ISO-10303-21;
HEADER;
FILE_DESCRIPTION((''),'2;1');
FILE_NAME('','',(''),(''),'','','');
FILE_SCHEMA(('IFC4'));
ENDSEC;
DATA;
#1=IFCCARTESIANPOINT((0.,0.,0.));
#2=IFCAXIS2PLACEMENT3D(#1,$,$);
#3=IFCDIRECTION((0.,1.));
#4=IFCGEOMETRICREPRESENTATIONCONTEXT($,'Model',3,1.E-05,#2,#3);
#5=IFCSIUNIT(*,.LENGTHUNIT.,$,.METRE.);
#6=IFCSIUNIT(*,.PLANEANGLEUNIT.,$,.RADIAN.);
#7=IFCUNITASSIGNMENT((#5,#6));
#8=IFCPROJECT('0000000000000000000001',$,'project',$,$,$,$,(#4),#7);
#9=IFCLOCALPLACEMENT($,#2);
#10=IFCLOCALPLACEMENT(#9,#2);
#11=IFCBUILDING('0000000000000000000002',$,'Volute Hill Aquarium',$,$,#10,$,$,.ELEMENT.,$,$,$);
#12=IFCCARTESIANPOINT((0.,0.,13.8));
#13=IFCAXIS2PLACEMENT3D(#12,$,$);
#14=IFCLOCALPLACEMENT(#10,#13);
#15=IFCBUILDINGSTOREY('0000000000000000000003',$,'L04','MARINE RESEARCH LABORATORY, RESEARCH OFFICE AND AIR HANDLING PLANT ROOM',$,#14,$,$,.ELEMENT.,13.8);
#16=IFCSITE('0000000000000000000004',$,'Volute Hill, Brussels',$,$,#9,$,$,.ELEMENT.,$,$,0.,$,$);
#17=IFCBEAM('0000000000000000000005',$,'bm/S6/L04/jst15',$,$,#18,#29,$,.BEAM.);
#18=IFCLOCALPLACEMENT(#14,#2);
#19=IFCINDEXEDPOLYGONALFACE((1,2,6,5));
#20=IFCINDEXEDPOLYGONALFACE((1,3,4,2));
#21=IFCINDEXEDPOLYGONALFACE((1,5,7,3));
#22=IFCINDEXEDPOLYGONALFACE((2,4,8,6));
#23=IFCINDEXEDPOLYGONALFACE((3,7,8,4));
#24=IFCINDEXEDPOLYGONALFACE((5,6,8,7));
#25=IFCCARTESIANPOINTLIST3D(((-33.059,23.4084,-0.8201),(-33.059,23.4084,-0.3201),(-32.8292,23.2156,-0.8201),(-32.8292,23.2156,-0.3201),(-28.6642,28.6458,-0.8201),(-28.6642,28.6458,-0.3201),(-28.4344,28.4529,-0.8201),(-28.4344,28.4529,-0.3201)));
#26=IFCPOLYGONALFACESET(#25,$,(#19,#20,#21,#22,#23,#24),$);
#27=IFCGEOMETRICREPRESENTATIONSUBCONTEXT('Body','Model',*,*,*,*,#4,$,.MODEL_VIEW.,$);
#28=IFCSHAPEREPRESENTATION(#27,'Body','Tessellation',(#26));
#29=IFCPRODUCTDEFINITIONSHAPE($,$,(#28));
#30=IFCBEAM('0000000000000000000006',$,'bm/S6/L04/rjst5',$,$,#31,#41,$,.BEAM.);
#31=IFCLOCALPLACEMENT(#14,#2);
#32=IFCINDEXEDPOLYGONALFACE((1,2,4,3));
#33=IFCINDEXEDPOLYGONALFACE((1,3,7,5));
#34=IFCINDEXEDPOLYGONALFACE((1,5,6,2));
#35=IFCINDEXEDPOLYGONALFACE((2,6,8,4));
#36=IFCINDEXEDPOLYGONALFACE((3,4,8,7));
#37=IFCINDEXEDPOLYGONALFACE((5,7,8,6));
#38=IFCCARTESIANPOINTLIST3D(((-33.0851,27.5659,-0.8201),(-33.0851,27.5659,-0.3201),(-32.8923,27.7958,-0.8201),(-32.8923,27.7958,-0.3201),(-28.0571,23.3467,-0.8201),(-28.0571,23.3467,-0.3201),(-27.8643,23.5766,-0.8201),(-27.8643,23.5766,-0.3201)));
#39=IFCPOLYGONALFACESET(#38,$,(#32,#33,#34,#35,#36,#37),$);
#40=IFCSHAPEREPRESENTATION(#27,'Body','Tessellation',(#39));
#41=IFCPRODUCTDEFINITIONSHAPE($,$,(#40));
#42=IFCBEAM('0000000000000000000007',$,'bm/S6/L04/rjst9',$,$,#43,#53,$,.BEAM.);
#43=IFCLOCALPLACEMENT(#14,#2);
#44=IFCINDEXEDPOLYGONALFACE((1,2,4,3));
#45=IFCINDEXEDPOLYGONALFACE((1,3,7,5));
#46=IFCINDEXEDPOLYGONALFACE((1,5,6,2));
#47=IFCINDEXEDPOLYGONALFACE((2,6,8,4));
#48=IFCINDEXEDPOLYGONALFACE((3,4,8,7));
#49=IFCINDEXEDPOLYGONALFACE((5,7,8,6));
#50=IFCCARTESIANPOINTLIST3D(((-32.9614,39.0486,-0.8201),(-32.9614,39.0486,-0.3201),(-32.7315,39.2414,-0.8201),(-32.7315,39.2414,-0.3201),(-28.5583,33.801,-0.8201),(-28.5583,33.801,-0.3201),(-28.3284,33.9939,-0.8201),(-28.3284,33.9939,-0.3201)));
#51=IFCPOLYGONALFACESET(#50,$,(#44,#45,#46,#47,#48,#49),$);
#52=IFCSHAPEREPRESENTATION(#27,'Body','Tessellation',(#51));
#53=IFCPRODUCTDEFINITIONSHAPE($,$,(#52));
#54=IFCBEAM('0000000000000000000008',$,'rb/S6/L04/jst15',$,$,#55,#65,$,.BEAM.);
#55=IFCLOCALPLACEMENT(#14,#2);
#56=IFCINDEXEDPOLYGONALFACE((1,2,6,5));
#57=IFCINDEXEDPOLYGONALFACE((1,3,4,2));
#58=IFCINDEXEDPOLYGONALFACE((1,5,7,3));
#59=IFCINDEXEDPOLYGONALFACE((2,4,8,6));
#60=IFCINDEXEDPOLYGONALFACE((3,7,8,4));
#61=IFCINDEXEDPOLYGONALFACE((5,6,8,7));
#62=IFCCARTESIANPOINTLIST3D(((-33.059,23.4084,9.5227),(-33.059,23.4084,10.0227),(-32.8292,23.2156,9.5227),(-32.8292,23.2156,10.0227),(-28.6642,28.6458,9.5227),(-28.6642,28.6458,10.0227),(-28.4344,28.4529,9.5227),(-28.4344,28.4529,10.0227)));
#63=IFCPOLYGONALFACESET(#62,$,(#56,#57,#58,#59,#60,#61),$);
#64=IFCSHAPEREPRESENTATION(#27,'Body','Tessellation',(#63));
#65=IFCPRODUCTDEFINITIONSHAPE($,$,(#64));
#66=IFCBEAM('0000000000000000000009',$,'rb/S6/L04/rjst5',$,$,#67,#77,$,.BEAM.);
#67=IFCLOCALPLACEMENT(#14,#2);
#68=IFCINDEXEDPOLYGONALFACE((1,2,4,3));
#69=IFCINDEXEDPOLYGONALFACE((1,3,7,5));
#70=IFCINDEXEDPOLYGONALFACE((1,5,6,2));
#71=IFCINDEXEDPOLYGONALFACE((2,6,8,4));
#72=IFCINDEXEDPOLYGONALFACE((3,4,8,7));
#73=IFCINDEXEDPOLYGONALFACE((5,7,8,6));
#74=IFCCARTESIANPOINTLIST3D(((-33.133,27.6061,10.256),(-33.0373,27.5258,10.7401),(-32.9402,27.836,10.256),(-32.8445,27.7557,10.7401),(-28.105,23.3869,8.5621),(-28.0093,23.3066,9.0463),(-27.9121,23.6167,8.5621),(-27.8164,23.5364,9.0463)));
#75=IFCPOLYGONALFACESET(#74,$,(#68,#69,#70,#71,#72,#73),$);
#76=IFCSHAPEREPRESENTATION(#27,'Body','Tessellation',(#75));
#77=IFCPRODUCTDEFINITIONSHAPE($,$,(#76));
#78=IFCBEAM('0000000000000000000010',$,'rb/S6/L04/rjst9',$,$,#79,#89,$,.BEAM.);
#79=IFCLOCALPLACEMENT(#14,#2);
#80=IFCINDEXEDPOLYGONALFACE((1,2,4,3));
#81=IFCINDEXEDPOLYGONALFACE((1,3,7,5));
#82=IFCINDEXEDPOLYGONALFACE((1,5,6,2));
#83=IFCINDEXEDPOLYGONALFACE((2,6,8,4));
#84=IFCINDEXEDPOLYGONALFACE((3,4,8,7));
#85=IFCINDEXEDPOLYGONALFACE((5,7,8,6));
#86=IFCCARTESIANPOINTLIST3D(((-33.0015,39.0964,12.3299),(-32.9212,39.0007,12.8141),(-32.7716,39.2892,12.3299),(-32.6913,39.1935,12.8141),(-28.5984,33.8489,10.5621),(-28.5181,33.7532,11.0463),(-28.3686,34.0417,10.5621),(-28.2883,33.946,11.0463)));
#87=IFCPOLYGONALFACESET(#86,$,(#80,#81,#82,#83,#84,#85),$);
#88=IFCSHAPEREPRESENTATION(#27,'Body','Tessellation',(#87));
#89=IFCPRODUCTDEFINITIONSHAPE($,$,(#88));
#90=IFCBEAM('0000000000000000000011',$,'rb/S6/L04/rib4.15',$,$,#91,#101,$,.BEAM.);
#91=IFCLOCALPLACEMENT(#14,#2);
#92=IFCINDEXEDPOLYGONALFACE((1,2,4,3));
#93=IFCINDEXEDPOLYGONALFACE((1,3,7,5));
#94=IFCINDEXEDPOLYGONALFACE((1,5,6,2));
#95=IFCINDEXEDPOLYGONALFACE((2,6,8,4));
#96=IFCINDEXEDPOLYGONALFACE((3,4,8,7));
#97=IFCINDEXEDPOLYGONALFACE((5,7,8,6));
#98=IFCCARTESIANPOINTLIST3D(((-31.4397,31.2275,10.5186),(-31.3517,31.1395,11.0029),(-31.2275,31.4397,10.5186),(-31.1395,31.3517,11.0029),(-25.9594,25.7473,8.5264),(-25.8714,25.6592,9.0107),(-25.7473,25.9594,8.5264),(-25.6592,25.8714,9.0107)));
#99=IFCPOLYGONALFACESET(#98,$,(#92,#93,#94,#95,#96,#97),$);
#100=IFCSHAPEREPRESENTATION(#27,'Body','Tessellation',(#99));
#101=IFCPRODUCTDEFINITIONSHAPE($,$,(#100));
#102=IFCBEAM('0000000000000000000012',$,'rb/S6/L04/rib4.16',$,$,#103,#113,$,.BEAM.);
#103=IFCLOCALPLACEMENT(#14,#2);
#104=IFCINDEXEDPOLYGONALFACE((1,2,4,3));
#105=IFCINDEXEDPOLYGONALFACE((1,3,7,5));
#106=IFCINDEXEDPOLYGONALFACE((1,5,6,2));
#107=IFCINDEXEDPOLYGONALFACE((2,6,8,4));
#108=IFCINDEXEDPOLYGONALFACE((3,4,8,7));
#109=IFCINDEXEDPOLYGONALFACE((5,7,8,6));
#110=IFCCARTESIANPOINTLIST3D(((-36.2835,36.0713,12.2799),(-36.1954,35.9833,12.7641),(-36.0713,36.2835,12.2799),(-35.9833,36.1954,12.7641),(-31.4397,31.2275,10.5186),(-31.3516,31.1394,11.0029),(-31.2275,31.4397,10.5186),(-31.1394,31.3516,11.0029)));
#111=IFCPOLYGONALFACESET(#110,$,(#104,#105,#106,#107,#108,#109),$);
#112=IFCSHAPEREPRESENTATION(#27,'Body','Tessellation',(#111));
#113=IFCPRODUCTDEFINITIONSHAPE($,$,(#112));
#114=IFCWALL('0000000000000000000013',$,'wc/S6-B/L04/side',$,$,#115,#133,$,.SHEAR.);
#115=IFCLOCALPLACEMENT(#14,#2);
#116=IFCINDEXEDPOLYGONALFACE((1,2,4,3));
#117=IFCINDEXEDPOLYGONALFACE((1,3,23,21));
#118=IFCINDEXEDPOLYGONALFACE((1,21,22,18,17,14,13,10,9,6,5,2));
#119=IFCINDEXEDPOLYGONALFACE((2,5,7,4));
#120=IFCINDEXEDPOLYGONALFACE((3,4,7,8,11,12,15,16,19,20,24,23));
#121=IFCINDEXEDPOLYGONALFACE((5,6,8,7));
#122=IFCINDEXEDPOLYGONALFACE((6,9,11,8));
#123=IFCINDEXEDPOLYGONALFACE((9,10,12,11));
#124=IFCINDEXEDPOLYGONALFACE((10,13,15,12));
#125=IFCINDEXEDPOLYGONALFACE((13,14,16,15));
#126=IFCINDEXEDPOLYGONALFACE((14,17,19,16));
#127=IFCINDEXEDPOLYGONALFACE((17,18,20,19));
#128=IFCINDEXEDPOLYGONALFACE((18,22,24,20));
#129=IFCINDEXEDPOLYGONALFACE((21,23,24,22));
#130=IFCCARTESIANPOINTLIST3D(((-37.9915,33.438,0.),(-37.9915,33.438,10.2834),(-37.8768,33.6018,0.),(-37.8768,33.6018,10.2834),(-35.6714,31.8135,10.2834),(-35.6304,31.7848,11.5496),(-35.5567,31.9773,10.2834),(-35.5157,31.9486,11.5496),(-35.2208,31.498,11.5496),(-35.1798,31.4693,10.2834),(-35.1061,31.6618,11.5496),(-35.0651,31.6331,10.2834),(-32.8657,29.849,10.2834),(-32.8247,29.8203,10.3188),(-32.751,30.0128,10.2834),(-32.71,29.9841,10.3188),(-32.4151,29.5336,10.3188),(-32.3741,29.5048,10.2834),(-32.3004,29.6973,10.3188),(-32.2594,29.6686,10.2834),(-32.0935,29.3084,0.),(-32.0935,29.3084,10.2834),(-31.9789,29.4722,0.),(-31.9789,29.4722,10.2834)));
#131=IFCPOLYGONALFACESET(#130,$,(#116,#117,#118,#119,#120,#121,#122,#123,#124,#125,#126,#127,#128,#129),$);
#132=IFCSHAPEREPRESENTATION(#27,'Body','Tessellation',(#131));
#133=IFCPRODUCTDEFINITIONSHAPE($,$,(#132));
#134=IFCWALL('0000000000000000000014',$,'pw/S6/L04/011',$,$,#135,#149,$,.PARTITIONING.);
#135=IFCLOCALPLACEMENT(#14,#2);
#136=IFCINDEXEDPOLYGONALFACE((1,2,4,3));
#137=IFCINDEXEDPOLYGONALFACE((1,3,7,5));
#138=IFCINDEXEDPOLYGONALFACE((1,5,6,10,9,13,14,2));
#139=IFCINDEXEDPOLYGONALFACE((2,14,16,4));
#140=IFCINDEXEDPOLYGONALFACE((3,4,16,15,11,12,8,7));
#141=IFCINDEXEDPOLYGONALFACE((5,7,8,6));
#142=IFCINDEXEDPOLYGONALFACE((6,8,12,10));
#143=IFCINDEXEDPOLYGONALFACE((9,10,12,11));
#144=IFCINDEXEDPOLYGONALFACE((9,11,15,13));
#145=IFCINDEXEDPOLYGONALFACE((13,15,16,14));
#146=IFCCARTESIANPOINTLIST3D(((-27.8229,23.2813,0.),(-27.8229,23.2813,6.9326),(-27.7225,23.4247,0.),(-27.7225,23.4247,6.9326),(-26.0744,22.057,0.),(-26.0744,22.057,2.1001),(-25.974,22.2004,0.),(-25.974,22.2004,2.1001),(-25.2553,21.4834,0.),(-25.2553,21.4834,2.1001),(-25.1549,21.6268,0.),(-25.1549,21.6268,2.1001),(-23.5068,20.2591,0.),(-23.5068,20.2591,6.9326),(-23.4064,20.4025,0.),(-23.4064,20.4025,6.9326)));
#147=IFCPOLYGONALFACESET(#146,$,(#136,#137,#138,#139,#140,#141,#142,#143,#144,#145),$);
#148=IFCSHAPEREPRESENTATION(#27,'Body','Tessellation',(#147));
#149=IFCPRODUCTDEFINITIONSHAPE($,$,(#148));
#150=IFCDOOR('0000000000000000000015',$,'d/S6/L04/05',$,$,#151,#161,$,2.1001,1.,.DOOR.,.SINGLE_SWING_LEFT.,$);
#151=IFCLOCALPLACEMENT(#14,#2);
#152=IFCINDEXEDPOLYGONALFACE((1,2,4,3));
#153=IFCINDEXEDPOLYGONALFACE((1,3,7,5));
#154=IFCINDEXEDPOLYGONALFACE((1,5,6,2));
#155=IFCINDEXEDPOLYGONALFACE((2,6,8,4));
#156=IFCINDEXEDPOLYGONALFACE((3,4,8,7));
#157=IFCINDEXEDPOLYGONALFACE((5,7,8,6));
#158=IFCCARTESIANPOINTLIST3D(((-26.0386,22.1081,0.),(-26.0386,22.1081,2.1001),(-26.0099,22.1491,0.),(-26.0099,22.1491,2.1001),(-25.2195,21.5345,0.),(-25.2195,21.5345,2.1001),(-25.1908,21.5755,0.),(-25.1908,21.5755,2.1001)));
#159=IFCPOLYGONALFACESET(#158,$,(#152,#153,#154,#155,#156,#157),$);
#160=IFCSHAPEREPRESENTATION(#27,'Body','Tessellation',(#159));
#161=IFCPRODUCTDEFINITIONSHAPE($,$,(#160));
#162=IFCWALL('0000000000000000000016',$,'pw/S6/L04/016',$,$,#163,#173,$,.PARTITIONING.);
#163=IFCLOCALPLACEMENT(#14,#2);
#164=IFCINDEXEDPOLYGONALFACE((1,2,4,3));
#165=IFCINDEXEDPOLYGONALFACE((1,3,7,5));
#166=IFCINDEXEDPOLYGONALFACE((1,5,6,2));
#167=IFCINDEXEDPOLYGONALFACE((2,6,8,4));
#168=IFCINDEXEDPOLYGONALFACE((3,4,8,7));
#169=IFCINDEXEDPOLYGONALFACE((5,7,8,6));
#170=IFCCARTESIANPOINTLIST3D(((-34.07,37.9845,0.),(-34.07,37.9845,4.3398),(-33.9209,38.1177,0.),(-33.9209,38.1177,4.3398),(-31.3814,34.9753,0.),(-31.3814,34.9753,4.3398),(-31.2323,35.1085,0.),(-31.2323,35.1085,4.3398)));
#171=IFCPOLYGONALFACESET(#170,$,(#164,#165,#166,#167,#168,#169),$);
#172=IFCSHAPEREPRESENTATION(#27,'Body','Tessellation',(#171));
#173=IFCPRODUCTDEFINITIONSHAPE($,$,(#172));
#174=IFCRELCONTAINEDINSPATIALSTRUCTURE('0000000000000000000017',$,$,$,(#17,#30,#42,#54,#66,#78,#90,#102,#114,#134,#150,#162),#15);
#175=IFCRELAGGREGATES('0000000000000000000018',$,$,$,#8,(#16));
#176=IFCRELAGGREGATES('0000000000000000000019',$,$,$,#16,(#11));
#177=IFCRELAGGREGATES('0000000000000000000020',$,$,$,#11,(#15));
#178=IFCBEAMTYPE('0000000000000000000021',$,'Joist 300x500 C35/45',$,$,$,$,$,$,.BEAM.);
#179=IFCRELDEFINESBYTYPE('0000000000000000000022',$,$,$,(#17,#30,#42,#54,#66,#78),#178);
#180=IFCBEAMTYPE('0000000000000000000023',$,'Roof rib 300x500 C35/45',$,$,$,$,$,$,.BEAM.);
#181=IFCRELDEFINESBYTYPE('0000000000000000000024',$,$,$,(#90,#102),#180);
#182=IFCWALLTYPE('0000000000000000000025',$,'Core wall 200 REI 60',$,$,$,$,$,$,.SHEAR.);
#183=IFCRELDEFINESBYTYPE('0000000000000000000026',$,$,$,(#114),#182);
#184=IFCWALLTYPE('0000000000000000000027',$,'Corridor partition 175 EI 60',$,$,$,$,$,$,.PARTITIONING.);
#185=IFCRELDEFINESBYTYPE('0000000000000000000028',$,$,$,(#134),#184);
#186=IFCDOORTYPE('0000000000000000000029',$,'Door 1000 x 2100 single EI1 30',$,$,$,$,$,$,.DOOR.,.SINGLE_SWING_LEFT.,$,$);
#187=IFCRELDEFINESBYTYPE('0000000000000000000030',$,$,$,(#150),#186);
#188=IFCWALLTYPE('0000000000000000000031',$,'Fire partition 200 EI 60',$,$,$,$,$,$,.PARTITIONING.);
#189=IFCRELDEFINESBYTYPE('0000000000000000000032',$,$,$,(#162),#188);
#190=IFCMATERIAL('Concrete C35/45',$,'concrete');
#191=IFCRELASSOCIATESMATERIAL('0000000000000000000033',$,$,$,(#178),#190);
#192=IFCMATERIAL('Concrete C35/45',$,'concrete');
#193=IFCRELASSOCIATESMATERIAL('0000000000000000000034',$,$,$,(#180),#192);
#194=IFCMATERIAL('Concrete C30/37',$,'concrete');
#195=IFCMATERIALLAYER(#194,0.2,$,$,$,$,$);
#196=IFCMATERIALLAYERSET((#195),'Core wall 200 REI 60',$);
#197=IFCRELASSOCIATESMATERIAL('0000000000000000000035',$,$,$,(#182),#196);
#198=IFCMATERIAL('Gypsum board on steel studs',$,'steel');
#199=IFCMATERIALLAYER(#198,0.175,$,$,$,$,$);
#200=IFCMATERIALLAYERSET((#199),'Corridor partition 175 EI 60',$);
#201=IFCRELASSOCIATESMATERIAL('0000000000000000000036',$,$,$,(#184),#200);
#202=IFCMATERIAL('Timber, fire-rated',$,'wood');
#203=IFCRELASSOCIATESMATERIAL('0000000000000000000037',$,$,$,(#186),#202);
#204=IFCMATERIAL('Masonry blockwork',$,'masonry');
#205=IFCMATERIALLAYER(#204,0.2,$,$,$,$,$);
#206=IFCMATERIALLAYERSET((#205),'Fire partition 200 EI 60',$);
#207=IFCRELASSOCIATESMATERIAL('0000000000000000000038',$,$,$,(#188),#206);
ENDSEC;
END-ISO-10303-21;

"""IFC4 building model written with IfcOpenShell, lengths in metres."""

from ifc_helpers import new_model, si_unit, direction, frame, frame_2d, origin, origin_2d, place, context, subcontext, project, spatial, polyline, rectangle, outline, extrude, material, layer, layer_set, material_profile, profile_set, type_object, element, fill, save


model = new_model("IFC4")

# Units and contexts
model_context = context("Model", 3, precision=1e-05, world=origin(), true_north=direction((0.0, 1.0)))
body_context = subcontext(model_context, "Body", "Model", "MODEL_VIEW")
ifc_project = project(units=[si_unit("LENGTHUNIT", "METRE"), si_unit("PLANEANGLEUNIT", "RADIAN")], contexts=[model_context])

# Site, building, storey
site_placement = place(None, origin())
site = spatial("IfcSite", under=ifc_project, at=site_placement, Name="Volute Hill, Brussels", CompositionType="ELEMENT", RefElevation=0.0)
building_placement = place(site_placement, origin())
building = spatial("IfcBuilding", under=site, at=building_placement, Name="Volute Hill Aquarium", CompositionType="ELEMENT")
storey_placement = place(building_placement, frame((0.0, 0.0, 13.8)))
storey = spatial("IfcBuildingStorey", under=building, at=storey_placement, Name="L04", Description="MARINE RESEARCH LABORATORY, RESEARCH OFFICE AND AIR HANDLING PLANT ROOM", CompositionType="ELEMENT", Elevation=13.8)

# Beams
ifc_material_1 = material(Name="Concrete C35/45", Category="concrete")
ifc_material_profile_1 = material_profile(ifc_material_1, rectangle(XDim=0.3, YDim=0.5, at=origin_2d()), Name="RC joist 300x500")
ifc_profile_set_1 = profile_set([ifc_material_profile_1], Name="Concrete C35/45")
beam_type_1 = type_object("IfcBeamType", Name="Joist 300x500 C35/45", PredefinedType="BEAM", material=ifc_profile_set_1)
beam_1_placement = place(storey_placement, frame((-28.5493, 28.5493, -0.5701), z_axis=(-0.642801, -0.766033, 0.0), x_axis=(0.766033, -0.642801, 0.0)))
element("IfcBeam", 1, at=beam_1_placement, inside=storey, type_object=beam_type_1, Name="bm/S6/L04/jst15", PredefinedType="BEAM", context=body_context, shape_type="SweptSolid", body=[
    extrude(rectangle(XDim=0.3, YDim=0.5, at=origin_2d()), origin(), (0.0, 0.0, 1.0), 6.8369),
])
beam_2_placement = place(storey_placement, frame((-27.9607, 23.4617, -0.5701), z_axis=(-0.766031, 0.642804, 0.0), x_axis=(-0.642804, -0.766031, 0.0)))
element("IfcBeam", 2, at=beam_2_placement, inside=storey, type_object=beam_type_1, Name="bm/S6/L04/rjst5", PredefinedType="BEAM", context=body_context, shape_type="SweptSolid", body=[
    extrude(rectangle(XDim=0.3, YDim=0.5, at=origin_2d()), origin(), (0.0, 0.0, 1.0), 6.5637),
])
beam_3_placement = place(storey_placement, frame((-28.4434, 33.8975, -0.5701), z_axis=(-0.642775, 0.766055, 0.0), x_axis=(-0.766055, -0.642775, 0.0)))
element("IfcBeam", 3, at=beam_3_placement, inside=storey, type_object=beam_type_1, Name="bm/S6/L04/rjst9", PredefinedType="BEAM", context=body_context, shape_type="SweptSolid", body=[
    extrude(rectangle(XDim=0.3, YDim=0.5, at=origin_2d()), origin(), (0.0, 0.0, 1.0), 6.8501),
])
beam_4_placement = place(storey_placement, frame((-28.5493, 28.5493, 9.7727), z_axis=(-0.642801, -0.766033, 0.0), x_axis=(0.766033, -0.642801, 0.0)))
element("IfcBeam", 4, at=beam_4_placement, inside=storey, type_object=beam_type_1, Name="rb/S6/L04/jst15", PredefinedType="BEAM", context=body_context, shape_type="SweptSolid", body=[
    extrude(rectangle(XDim=0.3, YDim=0.5, at=origin_2d()), origin(), (0.0, 0.0, 1.0), 6.8369),
])
beam_5_placement = place(storey_placement, frame((-27.9607, 23.4617, 8.8042), z_axis=(-0.741731, 0.622413, 0.249873), x_axis=(-0.642804, -0.766031, 0.0)))
element("IfcBeam", 5, at=beam_5_placement, inside=storey, type_object=beam_type_1, Name="rb/S6/L04/rjst5", PredefinedType="BEAM", context=body_context, shape_type="SweptSolid", body=[
    extrude(rectangle(XDim=0.3, YDim=0.5, at=origin_2d()), origin(), (0.0, 0.0, 1.0), 6.7788),
])
beam_6_placement = place(storey_placement, frame((-28.4434, 33.8975, 10.8042), z_axis=(-0.622383, 0.741752, 0.249885), x_axis=(-0.766055, -0.642775, 0.0)))
element("IfcBeam", 6, at=beam_6_placement, inside=storey, type_object=beam_type_1, Name="rb/S6/L04/rjst9", PredefinedType="BEAM", context=body_context, shape_type="SweptSolid", body=[
    extrude(rectangle(XDim=0.3, YDim=0.5, at=origin_2d()), origin(), (0.0, 0.0, 1.0), 7.0745),
])
ifc_material_2 = material(Name="Concrete C35/45", Category="concrete")
ifc_material_profile_2 = material_profile(ifc_material_2, rectangle(XDim=0.3, YDim=0.5, at=origin_2d()), Name="RC rib 300x500")
ifc_profile_set_2 = profile_set([ifc_material_profile_2], Name="Concrete C35/45")
beam_type_2 = type_object("IfcBeamType", Name="Roof rib 300x500 C35/45", PredefinedType="BEAM", material=ifc_profile_set_2)
beam_7_placement = place(storey_placement, frame((-25.8093, 25.8093, 8.7686), z_axis=(-0.684843, 0.684843, 0.248956), x_axis=(-0.707107, -0.707107, 0.0)))
element("IfcBeam", 7, at=beam_7_placement, inside=storey, type_object=beam_type_2, Name="rb/S6/L04/rib4.15", PredefinedType="BEAM", context=body_context, shape_type="SweptSolid", body=[
    extrude(rectangle(XDim=0.3, YDim=0.5, at=origin_2d()), origin(), (0.0, 0.0, 1.0), 8.0022),
])
beam_8_placement = place(storey_placement, frame((-31.2896, 31.2896, 10.7607), z_axis=(-0.684833, 0.684833, 0.249011), x_axis=(-0.707107, -0.707107, 0.0)))
element("IfcBeam", 8, at=beam_8_placement, inside=storey, type_object=beam_type_2, Name="rb/S6/L04/rib4.16", PredefinedType="BEAM", context=body_context, shape_type="SweptSolid", body=[
    extrude(rectangle(XDim=0.3, YDim=0.5, at=origin_2d()), origin(), (0.0, 0.0, 1.0), 7.073),
])

# Wall
ifc_material_3 = material(Name="Concrete C30/37", Category="concrete")
ifc_layer_1 = layer(ifc_material_3, 0.2)
ifc_layer_set_1 = layer_set([ifc_layer_1], Name="Core wall 200 REI 60")
wall_type_1 = type_object("IfcWallType", Name="Core wall 200 REI 60", PredefinedType="SHEAR", material=ifc_layer_set_1)
wall_1_placement = place(storey_placement, frame((-32.0361, 29.3904, 0.0), z_axis=(0.0, 0.0, 1.0), x_axis=(-0.819162, 0.573562, 0.0)))
element("IfcWall", 9, at=wall_1_placement, inside=storey, type_object=wall_type_1, Name="wc/S6-B/L04/side", PredefinedType="SHEAR", context=body_context, shape_type="SweptSolid", body=[
    extrude(outline(polyline([(0.0, 0.0), (7.2, 0.0), (7.2, 10.2834), (4.3677, 10.2834), (4.3176, 11.5496), (3.8176, 11.5496), (3.7676, 10.2834), (0.9426, 10.2834), (0.8926, 10.3188), (0.3926, 10.3188), (0.3425, 10.2834), (0.0, 10.2834), (0.0, 0.0)])), frame((0.0, 0.1001, 0.0), z_axis=(0.0, -1.0, 0.0), x_axis=(1.0, 0.0, 0.0)), (0.0, 0.0, 1.0), 0.2),
])

# Wall, opening, door
ifc_material_4 = material(Name="Gypsum board on steel studs", Category="steel")
ifc_layer_2 = layer(ifc_material_4, 0.175)
ifc_layer_set_2 = layer_set([ifc_layer_2], Name="Corridor partition 175 EI 60")
wall_type_2 = type_object("IfcWallType", Name="Corridor partition 175 EI 60", PredefinedType="PARTITIONING", material=ifc_layer_set_2)
wall_2_placement = place(storey_placement, frame((-27.7727, 23.353, 0.0), z_axis=(0.0, 0.0, 1.0), x_axis=(0.819151, -0.573577, 0.0)))
wall_2 = element("IfcWall", 10, at=wall_2_placement, inside=storey, type_object=wall_type_2, Name="pw/S6/L04/011", PredefinedType="PARTITIONING", context=body_context, shape_type="SweptSolid", body=[
    extrude(rectangle(XDim=5.269, YDim=0.175, at=frame_2d((2.6345, 0.0))), origin(), (0.0, 0.0, 1.0), 6.9326),
])
opening_1_placement = place(wall_2_placement, frame((2.1345, 0.0, 0.0)))
opening_1 = element("IfcOpeningElement", 11, at=opening_1_placement, cuts=wall_2, PredefinedType="OPENING", context=body_context, shape_type="SweptSolid", body=[
    extrude(rectangle(XDim=1.0, YDim=2.1001, at=frame_2d((0.5, 1.05))), frame((0.0, 0.0974, 0.0), z_axis=(0.0, -1.0, 0.0), x_axis=(1.0, 0.0, 0.0)), (0.0, 0.0, 1.0), 0.1951),
])
ifc_material_5 = material(Name="Timber, fire-rated", Category="wood")
door_type_1 = type_object("IfcDoorType", Name="Door 1000 x 2100 single EI1 30", OperationType="SINGLE_SWING_LEFT", PredefinedType="DOOR", material=ifc_material_5)
door_1_placement = place(opening_1_placement, origin())
door_1 = element("IfcDoor", 12, at=door_1_placement, inside=storey, type_object=door_type_1, Name="d/S6/L04/05", OperationType="SINGLE_SWING_LEFT", OverallHeight=2.1001, OverallWidth=1.0, PredefinedType="DOOR", context=body_context, shape_type="SweptSolid", body=[
    extrude(rectangle(XDim=1.0, YDim=2.1001, at=frame_2d((0.5, 1.05))), frame((0.0, 0.0249, 0.0), z_axis=(0.0, -1.0, 0.0), x_axis=(1.0, 0.0, 0.0)), (0.0, 0.0, 1.0), 0.05),
])
fill(opening_1, door_1)

# Wall
ifc_material_6 = material(Name="Masonry blockwork", Category="masonry")
ifc_layer_3 = layer(ifc_material_6, 0.2)
ifc_layer_set_3 = layer_set([ifc_layer_3], Name="Fire partition 200 EI 60")
wall_type_3 = type_object("IfcWallType", Name="Fire partition 200 EI 60", PredefinedType="PARTITIONING", material=ifc_layer_set_3)
wall_3_placement = place(storey_placement, frame((-31.3069, 35.042, 0.0), z_axis=(0.0, 0.0, 1.0), x_axis=(-0.666273, 0.745708, 0.0)))
element("IfcWall", 13, at=wall_3_placement, inside=storey, type_object=wall_type_3, Name="pw/S6/L04/016", PredefinedType="PARTITIONING", context=body_context, shape_type="SweptSolid", body=[
    extrude(rectangle(XDim=4.0354, YDim=0.2, at=frame_2d((2.0176, 0.0))), origin(), (0.0, 0.0, 1.0), 4.3398),
])

save(model, "model.ifc")
